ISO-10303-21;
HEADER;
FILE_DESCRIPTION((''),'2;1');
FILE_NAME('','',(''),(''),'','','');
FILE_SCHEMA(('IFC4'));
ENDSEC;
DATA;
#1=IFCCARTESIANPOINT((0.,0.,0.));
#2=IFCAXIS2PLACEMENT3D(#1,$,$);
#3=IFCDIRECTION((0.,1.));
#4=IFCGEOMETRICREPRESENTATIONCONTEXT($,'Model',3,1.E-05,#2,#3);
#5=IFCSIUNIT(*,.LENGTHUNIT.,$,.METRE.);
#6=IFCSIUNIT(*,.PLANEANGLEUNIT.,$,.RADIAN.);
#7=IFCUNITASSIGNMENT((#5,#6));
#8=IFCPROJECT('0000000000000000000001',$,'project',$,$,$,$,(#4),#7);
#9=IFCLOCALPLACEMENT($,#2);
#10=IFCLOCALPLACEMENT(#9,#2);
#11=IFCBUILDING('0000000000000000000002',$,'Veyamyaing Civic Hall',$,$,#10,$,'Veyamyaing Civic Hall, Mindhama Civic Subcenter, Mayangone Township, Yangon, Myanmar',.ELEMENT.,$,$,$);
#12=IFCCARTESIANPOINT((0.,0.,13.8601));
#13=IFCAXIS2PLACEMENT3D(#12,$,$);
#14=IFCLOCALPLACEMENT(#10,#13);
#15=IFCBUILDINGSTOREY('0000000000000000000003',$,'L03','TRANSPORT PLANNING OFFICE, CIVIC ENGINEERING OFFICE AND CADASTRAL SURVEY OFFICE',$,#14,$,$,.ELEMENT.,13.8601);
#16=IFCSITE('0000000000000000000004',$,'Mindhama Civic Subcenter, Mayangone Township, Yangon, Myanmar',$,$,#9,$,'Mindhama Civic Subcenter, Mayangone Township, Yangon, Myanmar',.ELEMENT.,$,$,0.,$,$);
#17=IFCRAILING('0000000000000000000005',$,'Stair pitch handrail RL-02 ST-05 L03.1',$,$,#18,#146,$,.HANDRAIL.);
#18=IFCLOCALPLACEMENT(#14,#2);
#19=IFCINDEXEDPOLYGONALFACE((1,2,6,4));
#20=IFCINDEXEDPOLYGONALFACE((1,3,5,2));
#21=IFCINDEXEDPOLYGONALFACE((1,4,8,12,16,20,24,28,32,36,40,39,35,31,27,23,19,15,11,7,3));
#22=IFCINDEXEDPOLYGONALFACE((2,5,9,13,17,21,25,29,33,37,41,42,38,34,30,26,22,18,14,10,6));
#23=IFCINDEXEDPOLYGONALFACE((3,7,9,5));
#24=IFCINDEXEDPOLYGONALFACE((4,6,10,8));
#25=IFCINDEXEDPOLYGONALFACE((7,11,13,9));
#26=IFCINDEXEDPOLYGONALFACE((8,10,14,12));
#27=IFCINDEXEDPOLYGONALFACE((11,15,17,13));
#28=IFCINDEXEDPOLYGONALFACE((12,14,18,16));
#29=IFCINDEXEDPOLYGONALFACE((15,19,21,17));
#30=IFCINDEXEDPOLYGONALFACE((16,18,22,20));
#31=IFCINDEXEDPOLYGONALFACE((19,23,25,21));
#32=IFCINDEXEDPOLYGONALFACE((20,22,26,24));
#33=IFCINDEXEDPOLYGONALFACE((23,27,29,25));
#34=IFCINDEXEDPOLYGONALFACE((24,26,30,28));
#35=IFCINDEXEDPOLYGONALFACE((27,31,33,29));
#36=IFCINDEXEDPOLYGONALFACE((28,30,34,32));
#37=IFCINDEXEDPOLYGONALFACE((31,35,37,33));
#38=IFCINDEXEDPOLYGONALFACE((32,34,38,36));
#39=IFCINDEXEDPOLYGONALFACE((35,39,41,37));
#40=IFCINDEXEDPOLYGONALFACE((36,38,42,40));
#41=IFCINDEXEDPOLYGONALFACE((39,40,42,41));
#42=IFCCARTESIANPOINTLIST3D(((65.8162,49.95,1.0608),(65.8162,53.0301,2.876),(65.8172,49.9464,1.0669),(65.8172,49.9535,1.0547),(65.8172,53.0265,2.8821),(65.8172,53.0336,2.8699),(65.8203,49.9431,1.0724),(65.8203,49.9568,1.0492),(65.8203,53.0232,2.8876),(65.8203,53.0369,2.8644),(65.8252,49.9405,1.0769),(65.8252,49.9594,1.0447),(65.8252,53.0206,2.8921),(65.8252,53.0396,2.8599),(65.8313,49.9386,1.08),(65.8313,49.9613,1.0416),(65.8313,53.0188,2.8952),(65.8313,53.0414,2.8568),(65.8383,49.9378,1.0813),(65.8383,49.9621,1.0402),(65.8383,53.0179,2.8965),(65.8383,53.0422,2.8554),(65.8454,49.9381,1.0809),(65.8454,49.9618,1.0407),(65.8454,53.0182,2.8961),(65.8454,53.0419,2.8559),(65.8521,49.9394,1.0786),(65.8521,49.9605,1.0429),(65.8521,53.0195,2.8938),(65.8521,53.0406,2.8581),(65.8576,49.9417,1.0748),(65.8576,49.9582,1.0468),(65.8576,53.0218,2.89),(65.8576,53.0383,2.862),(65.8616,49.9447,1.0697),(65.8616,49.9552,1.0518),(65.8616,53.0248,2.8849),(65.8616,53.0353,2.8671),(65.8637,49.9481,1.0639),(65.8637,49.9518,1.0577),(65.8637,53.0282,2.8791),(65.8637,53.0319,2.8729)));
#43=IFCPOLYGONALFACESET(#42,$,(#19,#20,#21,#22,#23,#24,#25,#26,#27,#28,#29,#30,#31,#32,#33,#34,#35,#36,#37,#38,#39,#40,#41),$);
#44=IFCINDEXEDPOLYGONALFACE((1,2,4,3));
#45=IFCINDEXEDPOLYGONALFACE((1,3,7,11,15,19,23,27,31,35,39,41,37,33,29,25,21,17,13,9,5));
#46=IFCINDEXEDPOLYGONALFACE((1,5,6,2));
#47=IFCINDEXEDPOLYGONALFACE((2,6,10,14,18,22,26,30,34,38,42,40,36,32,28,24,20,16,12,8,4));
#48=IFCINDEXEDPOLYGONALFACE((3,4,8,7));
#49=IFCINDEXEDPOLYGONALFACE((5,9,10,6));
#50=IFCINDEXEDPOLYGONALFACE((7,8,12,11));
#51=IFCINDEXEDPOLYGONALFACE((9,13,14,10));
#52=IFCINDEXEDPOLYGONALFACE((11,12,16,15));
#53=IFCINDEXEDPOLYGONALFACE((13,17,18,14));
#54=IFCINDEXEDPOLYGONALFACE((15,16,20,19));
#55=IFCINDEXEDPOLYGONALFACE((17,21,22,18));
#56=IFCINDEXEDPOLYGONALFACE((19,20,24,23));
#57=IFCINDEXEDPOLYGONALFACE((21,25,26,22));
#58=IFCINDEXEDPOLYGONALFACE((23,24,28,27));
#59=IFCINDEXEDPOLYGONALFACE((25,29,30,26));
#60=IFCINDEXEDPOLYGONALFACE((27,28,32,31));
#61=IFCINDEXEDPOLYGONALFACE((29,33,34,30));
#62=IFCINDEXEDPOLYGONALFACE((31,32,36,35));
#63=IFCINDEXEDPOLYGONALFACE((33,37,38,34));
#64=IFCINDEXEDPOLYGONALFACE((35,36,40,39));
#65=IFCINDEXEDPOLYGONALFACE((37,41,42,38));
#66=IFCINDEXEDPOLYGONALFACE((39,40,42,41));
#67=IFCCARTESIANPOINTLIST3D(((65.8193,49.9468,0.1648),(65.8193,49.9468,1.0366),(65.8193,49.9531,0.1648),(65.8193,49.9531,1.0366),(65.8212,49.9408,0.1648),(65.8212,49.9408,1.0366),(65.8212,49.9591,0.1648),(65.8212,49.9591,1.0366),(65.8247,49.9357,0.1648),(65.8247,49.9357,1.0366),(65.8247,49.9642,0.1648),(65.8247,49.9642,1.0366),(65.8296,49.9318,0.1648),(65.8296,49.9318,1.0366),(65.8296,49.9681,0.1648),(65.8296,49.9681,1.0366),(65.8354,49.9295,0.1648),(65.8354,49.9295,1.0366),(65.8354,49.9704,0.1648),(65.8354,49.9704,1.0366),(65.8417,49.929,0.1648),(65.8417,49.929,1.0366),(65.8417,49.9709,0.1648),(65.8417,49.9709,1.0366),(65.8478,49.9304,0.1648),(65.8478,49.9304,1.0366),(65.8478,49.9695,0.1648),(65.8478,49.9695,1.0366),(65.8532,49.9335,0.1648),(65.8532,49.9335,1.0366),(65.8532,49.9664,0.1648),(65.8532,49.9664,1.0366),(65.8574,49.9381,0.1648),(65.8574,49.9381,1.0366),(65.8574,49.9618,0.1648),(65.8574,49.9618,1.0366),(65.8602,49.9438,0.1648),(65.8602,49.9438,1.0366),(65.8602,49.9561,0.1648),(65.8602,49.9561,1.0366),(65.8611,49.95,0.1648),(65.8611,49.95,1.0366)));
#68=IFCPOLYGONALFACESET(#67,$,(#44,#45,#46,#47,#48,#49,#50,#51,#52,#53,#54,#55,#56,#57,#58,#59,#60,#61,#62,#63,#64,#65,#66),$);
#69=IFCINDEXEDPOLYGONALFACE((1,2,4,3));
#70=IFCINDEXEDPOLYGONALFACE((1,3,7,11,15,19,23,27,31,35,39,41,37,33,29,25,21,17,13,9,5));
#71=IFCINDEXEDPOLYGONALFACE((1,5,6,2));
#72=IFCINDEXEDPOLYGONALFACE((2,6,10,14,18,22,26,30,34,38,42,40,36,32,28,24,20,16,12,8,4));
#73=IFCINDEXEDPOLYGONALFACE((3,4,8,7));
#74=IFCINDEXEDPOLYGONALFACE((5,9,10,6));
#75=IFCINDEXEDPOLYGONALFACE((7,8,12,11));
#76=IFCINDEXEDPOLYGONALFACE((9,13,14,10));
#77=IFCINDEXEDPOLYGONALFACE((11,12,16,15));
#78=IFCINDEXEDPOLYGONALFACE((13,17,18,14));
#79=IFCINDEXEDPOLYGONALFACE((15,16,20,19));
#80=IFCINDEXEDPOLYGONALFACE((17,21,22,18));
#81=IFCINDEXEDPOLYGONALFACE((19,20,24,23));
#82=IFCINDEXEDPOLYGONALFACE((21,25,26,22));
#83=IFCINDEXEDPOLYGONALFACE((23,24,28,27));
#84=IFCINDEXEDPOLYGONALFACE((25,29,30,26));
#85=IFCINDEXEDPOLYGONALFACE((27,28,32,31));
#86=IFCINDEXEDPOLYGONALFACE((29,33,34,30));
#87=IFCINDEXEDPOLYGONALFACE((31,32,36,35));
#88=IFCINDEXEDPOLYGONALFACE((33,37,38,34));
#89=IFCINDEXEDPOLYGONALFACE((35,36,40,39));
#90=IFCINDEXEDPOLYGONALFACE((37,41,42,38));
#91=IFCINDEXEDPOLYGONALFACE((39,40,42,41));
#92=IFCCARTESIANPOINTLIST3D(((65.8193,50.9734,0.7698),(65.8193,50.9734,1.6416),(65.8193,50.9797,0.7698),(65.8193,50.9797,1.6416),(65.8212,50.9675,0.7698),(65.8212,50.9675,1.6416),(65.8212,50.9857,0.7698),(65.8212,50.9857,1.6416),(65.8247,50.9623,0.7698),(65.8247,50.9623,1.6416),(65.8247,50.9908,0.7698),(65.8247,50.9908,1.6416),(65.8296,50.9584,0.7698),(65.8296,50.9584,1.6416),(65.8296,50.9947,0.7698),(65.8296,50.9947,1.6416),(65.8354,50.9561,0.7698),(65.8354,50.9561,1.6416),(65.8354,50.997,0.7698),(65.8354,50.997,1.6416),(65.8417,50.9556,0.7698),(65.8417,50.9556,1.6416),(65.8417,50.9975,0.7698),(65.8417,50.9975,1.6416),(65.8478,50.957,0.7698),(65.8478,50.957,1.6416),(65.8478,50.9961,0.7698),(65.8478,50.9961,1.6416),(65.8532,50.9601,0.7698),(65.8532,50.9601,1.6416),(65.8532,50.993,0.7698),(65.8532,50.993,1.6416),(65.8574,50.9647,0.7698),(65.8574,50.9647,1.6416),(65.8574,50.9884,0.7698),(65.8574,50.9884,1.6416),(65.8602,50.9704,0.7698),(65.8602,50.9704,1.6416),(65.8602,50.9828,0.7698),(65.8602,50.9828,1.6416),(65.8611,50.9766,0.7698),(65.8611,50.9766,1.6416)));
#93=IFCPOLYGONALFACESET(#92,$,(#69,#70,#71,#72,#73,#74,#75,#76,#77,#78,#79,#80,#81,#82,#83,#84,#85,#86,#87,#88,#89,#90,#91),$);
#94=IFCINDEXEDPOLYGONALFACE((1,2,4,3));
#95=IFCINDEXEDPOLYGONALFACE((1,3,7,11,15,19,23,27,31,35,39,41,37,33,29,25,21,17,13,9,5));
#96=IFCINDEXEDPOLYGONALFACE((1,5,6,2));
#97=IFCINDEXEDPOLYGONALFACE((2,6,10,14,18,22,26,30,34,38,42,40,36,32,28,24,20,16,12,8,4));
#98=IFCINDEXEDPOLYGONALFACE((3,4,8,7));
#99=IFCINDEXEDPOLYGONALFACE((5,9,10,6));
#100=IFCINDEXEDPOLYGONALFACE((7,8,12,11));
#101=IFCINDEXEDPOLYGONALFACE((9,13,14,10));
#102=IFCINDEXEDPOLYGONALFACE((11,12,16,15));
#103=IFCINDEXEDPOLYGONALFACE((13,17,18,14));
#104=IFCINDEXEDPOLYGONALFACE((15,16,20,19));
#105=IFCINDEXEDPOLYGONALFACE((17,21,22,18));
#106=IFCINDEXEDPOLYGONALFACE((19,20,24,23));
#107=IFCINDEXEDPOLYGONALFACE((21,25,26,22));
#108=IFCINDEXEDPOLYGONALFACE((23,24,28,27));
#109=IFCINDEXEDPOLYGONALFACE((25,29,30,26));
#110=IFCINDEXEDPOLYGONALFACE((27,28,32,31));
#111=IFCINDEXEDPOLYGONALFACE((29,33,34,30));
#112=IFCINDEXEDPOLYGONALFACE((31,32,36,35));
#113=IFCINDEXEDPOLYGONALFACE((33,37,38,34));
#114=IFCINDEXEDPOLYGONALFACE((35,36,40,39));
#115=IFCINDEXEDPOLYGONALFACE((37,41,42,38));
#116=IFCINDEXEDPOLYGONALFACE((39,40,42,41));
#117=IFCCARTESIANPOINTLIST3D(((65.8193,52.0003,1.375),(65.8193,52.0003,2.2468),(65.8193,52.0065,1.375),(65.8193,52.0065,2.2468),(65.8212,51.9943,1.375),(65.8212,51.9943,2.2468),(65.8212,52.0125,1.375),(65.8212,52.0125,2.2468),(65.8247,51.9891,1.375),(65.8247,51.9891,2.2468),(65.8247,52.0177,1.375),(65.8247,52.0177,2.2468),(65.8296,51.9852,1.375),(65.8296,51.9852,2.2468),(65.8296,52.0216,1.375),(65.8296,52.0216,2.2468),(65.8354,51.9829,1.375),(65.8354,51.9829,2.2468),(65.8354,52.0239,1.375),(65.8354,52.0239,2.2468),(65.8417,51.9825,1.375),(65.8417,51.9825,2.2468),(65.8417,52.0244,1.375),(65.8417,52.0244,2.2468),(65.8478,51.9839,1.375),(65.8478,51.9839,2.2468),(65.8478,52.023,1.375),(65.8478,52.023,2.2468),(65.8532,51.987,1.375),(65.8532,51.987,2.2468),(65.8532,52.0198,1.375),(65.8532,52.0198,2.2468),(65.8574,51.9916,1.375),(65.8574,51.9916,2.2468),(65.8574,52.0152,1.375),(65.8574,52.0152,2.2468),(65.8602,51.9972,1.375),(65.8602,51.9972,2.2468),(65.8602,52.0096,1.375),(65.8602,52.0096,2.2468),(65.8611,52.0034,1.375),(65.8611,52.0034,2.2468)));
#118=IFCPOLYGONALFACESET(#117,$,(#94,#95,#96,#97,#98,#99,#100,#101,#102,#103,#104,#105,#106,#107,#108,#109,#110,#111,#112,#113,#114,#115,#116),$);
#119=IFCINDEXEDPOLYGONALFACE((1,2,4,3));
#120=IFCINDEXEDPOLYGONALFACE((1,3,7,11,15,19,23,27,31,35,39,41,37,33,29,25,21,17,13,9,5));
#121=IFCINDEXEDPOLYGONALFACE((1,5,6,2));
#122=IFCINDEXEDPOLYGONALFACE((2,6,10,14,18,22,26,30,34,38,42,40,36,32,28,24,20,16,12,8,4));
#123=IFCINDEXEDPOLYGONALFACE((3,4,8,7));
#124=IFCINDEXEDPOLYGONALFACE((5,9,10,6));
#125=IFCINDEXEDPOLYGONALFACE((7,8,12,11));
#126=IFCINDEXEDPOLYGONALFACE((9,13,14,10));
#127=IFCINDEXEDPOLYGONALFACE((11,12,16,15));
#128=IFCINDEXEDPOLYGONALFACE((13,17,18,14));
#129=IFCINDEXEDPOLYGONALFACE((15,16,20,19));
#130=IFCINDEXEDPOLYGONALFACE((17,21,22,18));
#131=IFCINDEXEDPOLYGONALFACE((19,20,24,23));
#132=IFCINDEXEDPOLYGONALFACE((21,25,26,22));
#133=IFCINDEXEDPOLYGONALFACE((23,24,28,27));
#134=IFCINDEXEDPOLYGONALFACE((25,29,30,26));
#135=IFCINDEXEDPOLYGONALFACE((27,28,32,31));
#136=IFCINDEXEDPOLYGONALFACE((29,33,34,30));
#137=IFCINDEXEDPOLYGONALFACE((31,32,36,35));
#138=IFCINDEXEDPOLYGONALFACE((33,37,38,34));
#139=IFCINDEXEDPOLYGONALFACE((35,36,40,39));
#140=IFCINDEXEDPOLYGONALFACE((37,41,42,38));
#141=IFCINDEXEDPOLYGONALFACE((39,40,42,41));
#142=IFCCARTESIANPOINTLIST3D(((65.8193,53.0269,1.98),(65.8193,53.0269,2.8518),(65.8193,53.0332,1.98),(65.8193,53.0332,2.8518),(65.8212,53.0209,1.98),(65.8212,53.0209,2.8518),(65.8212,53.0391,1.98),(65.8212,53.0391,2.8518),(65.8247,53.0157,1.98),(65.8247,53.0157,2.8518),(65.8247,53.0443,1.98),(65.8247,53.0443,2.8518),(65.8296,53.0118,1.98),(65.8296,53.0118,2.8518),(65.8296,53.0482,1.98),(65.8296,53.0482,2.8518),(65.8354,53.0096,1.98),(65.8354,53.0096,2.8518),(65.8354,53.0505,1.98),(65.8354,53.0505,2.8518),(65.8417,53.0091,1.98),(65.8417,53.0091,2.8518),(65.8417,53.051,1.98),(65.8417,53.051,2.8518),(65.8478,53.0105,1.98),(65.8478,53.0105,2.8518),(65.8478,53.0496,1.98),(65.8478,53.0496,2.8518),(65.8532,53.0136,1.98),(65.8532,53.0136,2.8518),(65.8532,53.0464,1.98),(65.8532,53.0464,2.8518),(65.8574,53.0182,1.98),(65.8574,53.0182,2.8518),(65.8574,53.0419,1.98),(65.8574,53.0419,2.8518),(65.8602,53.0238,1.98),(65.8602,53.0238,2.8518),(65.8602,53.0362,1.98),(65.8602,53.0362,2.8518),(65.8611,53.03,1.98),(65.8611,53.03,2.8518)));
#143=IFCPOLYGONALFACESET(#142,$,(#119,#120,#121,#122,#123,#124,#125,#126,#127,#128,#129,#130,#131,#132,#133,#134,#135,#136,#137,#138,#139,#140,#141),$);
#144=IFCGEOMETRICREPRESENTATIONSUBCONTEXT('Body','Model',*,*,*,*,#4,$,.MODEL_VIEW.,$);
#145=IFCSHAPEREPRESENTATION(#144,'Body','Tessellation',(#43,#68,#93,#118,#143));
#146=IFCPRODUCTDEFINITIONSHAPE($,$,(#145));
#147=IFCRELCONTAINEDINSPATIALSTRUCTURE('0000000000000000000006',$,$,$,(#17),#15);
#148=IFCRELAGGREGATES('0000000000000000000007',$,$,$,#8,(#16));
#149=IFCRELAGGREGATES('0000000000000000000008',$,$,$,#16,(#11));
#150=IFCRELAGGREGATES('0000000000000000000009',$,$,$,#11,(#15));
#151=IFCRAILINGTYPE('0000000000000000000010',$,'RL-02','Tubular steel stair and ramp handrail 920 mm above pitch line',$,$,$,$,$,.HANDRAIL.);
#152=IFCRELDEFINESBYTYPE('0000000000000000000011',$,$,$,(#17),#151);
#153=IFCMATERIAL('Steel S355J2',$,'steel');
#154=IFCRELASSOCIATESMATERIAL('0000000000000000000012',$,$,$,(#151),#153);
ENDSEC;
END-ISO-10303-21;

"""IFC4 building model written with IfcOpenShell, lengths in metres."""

from ifc_helpers import new_model, si_unit, direction, frame, origin, origin_2d, place, context, subcontext, project, spatial, circle, extrude, material, type_object, element, save


model = new_model("IFC4")

# Units and contexts
model_context = context("Model", 3, precision=1e-05, world=origin(), true_north=direction((0.0, 1.0)))
body_context = subcontext(model_context, "Body", "Model", "MODEL_VIEW")
ifc_project = project(units=[si_unit("LENGTHUNIT", "METRE"), si_unit("PLANEANGLEUNIT", "RADIAN")], contexts=[model_context])

# Site, building, storey
site_placement = place(None, origin())
site = spatial("IfcSite", under=ifc_project, at=site_placement, Name="Mindhama Civic Subcenter, Mayangone Township, Yangon, Myanmar", LongName="Mindhama Civic Subcenter, Mayangone Township, Yangon, Myanmar", CompositionType="ELEMENT", RefElevation=0.0)
building_placement = place(site_placement, origin())
building = spatial("IfcBuilding", under=site, at=building_placement, Name="Veyamyaing Civic Hall", LongName="Veyamyaing Civic Hall, Mindhama Civic Subcenter, Mayangone Township, Yangon, Myanmar", CompositionType="ELEMENT")
storey_placement = place(building_placement, frame((0.0, 0.0, 13.8601)))
storey = spatial("IfcBuildingStorey", under=building, at=storey_placement, Name="L03", Description="TRANSPORT PLANNING OFFICE, CIVIC ENGINEERING OFFICE AND CADASTRAL SURVEY OFFICE", CompositionType="ELEMENT", Elevation=13.8601)

# Railing
ifc_material_1 = material(Name="Steel S355J2", Category="steel")
railing_type_1 = type_object("IfcRailingType", Name="RL-02", Description="Tubular steel stair and ramp handrail 920 mm above pitch line", PredefinedType="HANDRAIL", material=ifc_material_1)
railing_1_placement = place(storey_placement, frame((65.8401, 49.95, 0.1648)))
element("IfcRailing", 1, at=railing_1_placement, inside=storey, type_object=railing_type_1, Name="Stair pitch handrail RL-02 ST-05 L03.1", PredefinedType="HANDRAIL", context=body_context, shape_type="SweptSolid", body=[
    extrude(circle(Radius=0.0239, at=origin_2d()), frame((0.0, 0.0, 0.896), z_axis=(0.0, 0.861521, 0.507721), x_axis=(-1.0, 0.0, 0.0)), (0.0, 0.0, 1.0), 3.5752),
    extrude(circle(Radius=0.021, at=origin_2d()), origin(), (0.0, 0.0, 1.0), 0.8718),
    extrude(circle(Radius=0.021, at=origin_2d()), frame((0.0, 1.0266, 0.605)), (0.0, 0.0, 1.0), 0.8718),
    extrude(circle(Radius=0.021, at=origin_2d()), frame((0.0, 2.0535, 1.2102)), (0.0, 0.0, 1.0), 0.8718),
    extrude(circle(Radius=0.021, at=origin_2d()), frame((0.0, 3.0801, 1.8152)), (0.0, 0.0, 1.0), 0.8718),
])

save(model, "model.ifc")
